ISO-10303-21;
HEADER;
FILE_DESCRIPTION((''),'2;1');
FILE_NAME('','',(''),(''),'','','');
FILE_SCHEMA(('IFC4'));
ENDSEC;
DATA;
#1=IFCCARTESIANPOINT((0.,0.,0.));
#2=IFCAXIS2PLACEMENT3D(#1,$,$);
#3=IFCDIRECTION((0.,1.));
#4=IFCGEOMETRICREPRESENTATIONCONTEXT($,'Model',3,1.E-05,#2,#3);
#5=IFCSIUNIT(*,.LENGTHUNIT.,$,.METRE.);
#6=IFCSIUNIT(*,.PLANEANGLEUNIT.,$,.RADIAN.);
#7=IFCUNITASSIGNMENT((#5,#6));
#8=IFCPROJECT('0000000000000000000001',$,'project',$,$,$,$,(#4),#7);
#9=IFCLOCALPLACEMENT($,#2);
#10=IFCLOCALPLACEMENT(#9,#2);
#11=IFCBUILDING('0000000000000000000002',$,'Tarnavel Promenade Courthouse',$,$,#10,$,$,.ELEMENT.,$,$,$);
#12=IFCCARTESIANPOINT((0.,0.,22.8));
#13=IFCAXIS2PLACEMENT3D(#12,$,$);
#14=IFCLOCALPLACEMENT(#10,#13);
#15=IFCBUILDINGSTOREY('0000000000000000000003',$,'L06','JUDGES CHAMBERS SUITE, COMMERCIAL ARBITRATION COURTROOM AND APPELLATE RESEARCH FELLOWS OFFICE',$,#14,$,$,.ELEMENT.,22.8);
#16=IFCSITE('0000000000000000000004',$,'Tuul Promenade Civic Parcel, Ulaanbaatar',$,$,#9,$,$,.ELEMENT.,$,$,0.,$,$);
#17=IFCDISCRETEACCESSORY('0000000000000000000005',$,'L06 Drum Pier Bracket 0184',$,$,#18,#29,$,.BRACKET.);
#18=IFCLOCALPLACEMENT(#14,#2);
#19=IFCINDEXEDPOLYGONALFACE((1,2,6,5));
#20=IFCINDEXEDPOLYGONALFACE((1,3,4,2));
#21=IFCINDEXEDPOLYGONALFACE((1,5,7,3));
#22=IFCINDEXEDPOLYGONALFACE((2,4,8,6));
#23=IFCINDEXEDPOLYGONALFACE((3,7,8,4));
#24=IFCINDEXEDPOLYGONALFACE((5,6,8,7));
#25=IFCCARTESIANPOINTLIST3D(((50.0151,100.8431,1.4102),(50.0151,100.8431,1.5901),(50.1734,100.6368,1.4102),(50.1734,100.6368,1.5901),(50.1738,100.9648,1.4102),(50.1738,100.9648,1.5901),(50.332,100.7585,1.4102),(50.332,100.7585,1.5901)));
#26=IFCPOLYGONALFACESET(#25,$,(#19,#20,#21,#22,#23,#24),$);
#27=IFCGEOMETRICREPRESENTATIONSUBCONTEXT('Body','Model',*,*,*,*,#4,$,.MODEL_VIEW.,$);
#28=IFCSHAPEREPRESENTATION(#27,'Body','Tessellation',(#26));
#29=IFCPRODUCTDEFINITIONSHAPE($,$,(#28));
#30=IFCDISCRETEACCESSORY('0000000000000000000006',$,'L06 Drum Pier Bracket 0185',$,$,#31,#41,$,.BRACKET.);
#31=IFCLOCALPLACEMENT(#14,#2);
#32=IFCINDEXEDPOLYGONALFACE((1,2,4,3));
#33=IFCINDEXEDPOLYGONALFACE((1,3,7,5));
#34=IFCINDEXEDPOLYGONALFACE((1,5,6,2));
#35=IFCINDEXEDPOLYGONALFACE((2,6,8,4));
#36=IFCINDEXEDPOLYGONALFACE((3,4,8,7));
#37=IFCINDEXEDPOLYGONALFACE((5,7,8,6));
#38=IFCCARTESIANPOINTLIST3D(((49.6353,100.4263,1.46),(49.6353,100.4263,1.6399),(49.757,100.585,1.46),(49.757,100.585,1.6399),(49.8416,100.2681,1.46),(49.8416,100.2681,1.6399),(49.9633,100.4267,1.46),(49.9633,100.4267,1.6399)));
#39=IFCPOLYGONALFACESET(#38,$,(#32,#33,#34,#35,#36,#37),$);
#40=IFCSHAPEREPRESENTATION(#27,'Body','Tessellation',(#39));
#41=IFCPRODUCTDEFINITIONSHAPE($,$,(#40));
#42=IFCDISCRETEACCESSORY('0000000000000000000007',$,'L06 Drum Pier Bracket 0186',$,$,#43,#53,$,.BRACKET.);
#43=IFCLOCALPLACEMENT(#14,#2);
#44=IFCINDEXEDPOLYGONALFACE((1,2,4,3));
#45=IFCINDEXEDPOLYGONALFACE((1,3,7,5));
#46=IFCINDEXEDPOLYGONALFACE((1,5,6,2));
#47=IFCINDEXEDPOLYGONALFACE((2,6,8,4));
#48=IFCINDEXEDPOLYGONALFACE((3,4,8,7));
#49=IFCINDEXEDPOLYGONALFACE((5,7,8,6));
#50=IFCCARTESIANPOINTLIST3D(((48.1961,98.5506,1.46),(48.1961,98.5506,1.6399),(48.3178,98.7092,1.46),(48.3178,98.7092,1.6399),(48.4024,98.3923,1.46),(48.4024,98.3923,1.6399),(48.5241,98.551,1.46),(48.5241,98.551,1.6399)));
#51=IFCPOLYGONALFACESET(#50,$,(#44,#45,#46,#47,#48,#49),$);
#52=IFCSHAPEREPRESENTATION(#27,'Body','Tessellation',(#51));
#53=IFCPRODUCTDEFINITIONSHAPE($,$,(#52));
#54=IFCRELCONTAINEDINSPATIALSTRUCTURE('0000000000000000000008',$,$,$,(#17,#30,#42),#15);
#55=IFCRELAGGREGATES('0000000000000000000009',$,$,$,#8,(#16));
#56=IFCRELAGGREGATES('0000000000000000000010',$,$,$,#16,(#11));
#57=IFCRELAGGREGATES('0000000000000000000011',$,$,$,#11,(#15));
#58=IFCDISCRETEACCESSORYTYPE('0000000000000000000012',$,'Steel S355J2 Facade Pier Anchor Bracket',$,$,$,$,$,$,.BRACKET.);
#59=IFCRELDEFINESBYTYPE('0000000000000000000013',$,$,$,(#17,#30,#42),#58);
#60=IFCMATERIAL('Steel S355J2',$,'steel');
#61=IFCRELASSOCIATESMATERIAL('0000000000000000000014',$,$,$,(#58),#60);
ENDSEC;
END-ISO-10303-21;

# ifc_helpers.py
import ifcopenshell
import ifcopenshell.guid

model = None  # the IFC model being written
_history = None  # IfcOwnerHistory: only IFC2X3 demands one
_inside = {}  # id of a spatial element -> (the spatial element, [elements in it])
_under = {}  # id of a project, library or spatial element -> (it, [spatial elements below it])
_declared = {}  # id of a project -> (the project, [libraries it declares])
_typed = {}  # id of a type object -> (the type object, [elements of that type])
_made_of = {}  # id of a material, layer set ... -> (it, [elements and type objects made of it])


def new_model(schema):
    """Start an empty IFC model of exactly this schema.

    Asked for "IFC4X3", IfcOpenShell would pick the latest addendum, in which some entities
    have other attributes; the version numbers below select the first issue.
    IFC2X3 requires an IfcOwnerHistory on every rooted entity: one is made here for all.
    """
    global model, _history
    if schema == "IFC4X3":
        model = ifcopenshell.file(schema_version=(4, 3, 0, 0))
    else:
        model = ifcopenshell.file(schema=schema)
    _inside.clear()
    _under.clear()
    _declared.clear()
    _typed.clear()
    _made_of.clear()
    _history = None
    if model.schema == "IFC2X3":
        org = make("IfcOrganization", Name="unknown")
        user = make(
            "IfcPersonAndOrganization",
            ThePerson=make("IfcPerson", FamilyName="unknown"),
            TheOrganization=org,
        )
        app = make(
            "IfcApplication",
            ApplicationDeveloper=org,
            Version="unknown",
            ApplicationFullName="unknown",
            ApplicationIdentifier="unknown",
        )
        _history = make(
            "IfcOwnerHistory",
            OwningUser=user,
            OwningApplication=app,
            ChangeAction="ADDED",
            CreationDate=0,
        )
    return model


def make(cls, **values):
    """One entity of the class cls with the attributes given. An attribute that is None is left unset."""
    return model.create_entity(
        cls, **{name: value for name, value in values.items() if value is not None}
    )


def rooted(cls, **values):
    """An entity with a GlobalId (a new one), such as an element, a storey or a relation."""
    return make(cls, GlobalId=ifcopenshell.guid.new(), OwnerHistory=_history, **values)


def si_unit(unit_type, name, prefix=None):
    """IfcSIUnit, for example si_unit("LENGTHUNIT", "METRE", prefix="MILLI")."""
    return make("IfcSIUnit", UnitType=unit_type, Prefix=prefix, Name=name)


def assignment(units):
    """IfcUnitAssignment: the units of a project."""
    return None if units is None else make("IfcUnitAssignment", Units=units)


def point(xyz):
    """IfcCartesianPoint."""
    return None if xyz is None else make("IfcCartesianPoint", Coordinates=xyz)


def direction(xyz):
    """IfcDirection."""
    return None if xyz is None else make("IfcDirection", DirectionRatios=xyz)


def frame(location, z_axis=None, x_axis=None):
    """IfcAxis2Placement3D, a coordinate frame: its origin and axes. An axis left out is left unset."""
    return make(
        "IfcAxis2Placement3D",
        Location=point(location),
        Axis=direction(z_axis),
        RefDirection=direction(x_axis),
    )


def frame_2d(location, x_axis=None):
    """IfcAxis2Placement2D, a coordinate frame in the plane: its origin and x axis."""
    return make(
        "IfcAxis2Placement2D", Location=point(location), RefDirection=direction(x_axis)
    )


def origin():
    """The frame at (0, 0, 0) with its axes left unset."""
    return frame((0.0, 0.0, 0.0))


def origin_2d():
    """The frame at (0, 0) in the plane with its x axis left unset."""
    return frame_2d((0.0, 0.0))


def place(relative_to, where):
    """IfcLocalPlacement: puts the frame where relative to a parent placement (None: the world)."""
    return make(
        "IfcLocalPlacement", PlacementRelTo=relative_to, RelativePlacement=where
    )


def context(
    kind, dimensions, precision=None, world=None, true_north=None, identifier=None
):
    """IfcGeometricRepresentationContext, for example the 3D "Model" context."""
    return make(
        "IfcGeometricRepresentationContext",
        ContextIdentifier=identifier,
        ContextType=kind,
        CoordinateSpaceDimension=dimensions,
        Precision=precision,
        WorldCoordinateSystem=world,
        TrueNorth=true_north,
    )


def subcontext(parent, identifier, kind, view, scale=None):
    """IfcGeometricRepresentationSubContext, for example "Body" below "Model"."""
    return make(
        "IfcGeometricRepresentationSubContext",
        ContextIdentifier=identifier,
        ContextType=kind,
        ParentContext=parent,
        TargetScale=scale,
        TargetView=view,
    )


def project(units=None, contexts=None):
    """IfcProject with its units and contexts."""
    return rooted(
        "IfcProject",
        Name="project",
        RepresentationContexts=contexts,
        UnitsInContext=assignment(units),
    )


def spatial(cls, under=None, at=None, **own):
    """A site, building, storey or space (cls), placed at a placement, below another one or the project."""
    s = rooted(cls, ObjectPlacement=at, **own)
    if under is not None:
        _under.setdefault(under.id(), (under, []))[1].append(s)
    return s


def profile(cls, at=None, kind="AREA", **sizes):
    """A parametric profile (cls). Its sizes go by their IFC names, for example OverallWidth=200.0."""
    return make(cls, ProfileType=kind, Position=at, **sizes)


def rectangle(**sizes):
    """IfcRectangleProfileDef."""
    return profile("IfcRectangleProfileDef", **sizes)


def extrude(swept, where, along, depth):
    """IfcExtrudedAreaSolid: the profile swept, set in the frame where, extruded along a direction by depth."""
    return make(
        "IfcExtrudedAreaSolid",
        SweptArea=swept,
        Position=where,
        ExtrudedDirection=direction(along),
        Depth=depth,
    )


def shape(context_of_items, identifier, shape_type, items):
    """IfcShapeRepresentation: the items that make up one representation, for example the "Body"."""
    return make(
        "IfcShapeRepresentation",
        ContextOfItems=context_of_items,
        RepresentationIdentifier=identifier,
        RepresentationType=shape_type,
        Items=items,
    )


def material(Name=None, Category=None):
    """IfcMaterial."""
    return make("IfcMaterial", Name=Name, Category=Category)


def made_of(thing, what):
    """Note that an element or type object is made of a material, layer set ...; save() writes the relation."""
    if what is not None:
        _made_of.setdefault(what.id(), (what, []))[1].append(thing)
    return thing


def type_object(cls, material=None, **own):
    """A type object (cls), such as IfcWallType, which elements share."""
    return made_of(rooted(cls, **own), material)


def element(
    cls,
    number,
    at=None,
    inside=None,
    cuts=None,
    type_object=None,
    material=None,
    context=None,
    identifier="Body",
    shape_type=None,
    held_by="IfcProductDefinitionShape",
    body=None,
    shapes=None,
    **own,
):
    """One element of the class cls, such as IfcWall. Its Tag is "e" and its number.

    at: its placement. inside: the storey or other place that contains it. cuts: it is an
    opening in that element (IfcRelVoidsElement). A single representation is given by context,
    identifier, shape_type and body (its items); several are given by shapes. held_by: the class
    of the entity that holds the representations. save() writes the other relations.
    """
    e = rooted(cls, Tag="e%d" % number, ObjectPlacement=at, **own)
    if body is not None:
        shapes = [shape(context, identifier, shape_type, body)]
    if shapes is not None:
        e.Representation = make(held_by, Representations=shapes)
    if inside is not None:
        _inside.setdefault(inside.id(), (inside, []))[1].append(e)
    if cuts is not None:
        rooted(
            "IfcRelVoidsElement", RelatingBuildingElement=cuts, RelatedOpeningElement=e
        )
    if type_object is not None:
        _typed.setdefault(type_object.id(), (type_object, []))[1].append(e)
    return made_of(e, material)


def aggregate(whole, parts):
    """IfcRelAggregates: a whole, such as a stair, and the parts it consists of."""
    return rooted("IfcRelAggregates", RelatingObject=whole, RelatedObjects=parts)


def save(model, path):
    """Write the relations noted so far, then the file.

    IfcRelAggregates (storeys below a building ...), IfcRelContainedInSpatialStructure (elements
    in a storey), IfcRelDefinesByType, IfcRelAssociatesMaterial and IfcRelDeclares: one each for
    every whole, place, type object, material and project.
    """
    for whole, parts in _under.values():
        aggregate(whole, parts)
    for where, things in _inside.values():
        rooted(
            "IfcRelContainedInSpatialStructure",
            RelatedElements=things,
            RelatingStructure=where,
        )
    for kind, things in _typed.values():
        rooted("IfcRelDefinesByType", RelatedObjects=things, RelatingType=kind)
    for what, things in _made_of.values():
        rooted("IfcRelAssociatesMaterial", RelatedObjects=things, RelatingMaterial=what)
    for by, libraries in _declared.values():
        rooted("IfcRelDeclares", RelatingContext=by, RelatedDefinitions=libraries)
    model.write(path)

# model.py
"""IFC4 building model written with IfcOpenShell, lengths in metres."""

from ifc_helpers import new_model, si_unit, direction, frame, origin, origin_2d, place, context, subcontext, project, spatial, rectangle, extrude, material, type_object, element, save


model = new_model("IFC4")

# Units and contexts
model_context = context("Model", 3, precision=1e-05, world=origin(), true_north=direction((0.0, 1.0)))
body_context = subcontext(model_context, "Body", "Model", "MODEL_VIEW")
ifc_project = project(units=[si_unit("LENGTHUNIT", "METRE"), si_unit("PLANEANGLEUNIT", "RADIAN")], contexts=[model_context])

# Site, building, storey
site_placement = place(None, origin())
site = spatial("IfcSite", under=ifc_project, at=site_placement, Name="Tuul Promenade Civic Parcel, Ulaanbaatar", CompositionType="ELEMENT", RefElevation=0.0)
building_placement = place(site_placement, origin())
building = spatial("IfcBuilding", under=site, at=building_placement, Name="Tarnavel Promenade Courthouse", CompositionType="ELEMENT")
storey_placement = place(building_placement, frame((0.0, 0.0, 22.8)))
storey = spatial("IfcBuildingStorey", under=building, at=storey_placement, Name="L06", Description="JUDGES CHAMBERS SUITE, COMMERCIAL ARBITRATION COURTROOM AND APPELLATE RESEARCH FELLOWS OFFICE", CompositionType="ELEMENT", Elevation=22.8)

# Shared definitions
ifc_material_1 = material(Name="Steel S355J2", Category="steel")

# Discrete accessories
discrete_accessory_type = type_object("IfcDiscreteAccessoryType", Name="Steel S355J2 Facade Pier Anchor Bracket", PredefinedType="BRACKET", material=ifc_material_1)
for number, where, z_axis, x_axis, name in (
    (1, (50.1736, 100.8008, 1.4102), (0.0, 0.0, 1.0), (-0.793353, -0.608761, 0.0), "L06 Drum Pier Bracket 0184"),
    (2, (49.7993, 100.4265, 1.46), (0.0, 0.0, 1.0), (-0.608761, -0.793353, 0.0), "L06 Drum Pier Bracket 0185"),
    (3, (48.3601, 98.5508, 1.46), (0.0, 0.0, 1.0), (-0.608761, -0.793353, 0.0), "L06 Drum Pier Bracket 0186"),
):
    element("IfcDiscreteAccessory", number, at=place(storey_placement, frame(where, z_axis=z_axis, x_axis=x_axis)), inside=storey, type_object=discrete_accessory_type, Name=name, PredefinedType="BRACKET", context=body_context, shape_type="SweptSolid", body=[
        extrude(rectangle(XDim=0.2, YDim=0.26, at=origin_2d()), origin(), (0.0, 0.0, 1.0), 0.1799),
    ])

save(model, "model.ifc")
